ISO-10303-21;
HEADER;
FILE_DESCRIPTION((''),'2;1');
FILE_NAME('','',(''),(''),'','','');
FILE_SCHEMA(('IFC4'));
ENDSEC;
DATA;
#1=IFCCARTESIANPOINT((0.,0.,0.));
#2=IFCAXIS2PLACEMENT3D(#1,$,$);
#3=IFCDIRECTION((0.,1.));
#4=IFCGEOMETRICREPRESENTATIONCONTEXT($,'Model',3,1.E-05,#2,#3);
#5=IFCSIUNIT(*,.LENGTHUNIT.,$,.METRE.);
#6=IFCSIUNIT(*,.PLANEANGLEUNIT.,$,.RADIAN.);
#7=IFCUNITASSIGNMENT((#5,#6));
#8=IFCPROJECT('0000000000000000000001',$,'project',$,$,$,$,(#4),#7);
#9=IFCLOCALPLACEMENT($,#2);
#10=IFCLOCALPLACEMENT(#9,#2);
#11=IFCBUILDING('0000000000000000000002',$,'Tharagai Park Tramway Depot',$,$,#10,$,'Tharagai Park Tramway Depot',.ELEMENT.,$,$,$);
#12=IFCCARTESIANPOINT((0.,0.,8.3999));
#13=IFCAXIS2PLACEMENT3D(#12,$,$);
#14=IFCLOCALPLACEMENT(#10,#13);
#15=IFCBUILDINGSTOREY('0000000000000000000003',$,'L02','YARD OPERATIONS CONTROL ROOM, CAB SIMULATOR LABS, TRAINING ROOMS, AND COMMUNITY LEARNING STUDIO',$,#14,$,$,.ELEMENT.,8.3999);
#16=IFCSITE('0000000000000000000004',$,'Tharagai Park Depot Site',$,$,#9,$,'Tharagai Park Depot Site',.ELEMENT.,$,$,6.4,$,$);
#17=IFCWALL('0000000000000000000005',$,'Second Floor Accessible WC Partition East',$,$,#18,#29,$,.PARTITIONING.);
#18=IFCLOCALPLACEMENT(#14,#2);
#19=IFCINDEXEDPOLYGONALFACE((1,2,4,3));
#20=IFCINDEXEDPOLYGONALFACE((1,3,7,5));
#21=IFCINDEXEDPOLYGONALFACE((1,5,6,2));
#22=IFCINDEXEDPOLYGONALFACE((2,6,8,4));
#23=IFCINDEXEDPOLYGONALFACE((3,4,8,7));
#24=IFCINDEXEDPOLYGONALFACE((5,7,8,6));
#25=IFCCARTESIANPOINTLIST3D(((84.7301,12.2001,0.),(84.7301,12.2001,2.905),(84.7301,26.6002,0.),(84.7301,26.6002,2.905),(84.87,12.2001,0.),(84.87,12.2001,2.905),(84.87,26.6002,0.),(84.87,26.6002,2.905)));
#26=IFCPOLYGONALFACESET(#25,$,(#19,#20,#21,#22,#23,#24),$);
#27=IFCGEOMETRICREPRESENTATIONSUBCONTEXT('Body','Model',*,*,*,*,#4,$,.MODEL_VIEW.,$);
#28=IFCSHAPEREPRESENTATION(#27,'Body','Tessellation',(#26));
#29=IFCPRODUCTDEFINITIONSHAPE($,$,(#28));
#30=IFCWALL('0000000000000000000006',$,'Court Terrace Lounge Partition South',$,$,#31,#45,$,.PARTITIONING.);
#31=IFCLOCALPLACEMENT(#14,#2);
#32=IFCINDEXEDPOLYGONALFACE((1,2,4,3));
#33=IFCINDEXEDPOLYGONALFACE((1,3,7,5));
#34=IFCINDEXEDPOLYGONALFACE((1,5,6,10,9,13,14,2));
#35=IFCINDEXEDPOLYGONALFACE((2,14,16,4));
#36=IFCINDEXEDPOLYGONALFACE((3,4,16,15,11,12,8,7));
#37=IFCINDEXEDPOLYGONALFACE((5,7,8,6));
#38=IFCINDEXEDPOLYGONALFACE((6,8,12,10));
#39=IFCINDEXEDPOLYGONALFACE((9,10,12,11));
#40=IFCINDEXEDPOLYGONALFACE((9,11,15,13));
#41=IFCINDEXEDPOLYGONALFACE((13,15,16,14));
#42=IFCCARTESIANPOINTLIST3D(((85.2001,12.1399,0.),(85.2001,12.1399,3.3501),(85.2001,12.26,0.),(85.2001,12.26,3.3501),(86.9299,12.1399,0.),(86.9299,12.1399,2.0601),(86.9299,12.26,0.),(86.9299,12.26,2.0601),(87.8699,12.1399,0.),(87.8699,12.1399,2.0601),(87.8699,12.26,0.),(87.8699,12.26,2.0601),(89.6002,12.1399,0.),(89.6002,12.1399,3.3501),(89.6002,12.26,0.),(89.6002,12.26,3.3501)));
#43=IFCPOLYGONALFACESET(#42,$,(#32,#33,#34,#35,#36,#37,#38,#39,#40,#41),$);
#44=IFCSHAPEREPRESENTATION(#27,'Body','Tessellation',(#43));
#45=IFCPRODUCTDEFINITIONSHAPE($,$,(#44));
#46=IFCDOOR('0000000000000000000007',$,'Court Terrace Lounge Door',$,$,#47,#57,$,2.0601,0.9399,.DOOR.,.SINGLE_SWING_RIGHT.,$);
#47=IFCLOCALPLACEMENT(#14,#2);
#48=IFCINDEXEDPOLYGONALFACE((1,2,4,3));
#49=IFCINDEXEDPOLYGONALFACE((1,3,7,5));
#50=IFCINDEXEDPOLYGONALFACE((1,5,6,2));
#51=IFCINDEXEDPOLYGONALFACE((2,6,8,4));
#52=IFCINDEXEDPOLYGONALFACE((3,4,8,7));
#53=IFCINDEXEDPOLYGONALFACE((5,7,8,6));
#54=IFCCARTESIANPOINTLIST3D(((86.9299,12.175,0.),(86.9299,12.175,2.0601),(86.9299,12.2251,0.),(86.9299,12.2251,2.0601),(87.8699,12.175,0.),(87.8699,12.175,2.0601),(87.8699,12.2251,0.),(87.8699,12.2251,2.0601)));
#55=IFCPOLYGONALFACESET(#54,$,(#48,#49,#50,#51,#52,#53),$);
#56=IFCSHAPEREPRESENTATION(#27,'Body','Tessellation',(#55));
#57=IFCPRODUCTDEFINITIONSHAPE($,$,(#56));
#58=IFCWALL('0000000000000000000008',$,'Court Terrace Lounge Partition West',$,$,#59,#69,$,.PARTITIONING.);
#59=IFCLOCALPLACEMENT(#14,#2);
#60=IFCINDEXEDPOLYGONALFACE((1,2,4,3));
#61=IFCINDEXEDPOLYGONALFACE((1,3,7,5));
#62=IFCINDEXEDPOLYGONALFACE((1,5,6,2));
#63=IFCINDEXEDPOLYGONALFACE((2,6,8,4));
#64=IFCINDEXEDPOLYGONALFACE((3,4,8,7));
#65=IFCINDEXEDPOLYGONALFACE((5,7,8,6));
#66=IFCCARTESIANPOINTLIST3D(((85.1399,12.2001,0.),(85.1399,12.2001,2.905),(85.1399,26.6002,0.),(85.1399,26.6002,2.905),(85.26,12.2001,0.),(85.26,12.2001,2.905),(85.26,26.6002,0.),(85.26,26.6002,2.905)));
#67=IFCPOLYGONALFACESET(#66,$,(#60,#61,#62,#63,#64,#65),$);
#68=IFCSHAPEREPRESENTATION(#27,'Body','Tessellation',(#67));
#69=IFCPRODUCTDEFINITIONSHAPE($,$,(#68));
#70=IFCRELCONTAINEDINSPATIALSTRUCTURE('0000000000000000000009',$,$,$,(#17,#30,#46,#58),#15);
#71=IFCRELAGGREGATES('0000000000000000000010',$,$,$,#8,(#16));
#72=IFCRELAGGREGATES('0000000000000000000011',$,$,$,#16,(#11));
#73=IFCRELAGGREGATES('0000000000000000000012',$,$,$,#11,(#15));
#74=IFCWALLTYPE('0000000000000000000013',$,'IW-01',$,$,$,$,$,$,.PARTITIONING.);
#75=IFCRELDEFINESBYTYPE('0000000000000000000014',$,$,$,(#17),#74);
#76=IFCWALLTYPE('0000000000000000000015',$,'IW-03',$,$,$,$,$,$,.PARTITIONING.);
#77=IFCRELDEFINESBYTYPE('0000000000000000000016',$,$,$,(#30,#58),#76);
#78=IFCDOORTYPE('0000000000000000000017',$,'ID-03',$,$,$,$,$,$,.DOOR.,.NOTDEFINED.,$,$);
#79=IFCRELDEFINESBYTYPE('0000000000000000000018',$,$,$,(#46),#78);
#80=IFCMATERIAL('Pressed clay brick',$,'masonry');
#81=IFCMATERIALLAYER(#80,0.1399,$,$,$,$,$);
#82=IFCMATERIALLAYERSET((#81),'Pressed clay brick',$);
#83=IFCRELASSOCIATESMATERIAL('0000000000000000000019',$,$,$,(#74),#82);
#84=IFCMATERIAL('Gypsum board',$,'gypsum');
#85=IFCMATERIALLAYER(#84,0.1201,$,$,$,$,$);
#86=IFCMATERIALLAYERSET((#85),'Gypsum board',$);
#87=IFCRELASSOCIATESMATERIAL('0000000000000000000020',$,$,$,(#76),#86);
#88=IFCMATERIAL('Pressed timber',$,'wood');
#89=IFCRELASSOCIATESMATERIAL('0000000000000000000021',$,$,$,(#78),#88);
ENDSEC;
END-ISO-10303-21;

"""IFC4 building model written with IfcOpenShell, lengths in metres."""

from ifc_helpers import new_model, si_unit, direction, frame, frame_2d, origin, place, context, subcontext, project, spatial, rectangle, extrude, material, layer, layer_set, type_object, element, fill, save


model = new_model("IFC4")

# Units and contexts
model_context = context("Model", 3, precision=1e-05, world=origin(), true_north=direction((0.0, 1.0)))
body_context = subcontext(model_context, "Body", "Model", "MODEL_VIEW")
ifc_project = project(units=[si_unit("LENGTHUNIT", "METRE"), si_unit("PLANEANGLEUNIT", "RADIAN")], contexts=[model_context])

# Site, building, storey
site_placement = place(None, origin())
site = spatial("IfcSite", under=ifc_project, at=site_placement, Name="Tharagai Park Depot Site", LongName="Tharagai Park Depot Site", CompositionType="ELEMENT", RefElevation=6.4)
building_placement = place(site_placement, origin())
building = spatial("IfcBuilding", under=site, at=building_placement, Name="Tharagai Park Tramway Depot", LongName="Tharagai Park Tramway Depot", CompositionType="ELEMENT")
storey_placement = place(building_placement, frame((0.0, 0.0, 8.3999)))
storey = spatial("IfcBuildingStorey", under=building, at=storey_placement, Name="L02", Description="YARD OPERATIONS CONTROL ROOM, CAB SIMULATOR LABS, TRAINING ROOMS, AND COMMUNITY LEARNING STUDIO", CompositionType="ELEMENT", Elevation=8.3999)

# Shared definitions
ifc_material_1 = material(Name="Pressed clay brick", Category="masonry")

# Shared definitions
ifc_layer_1 = layer(ifc_material_1, 0.1399)
ifc_layer_set_1 = layer_set([ifc_layer_1], Name="Pressed clay brick")
wall_type_1 = type_object("IfcWallType", Name="IW-01", PredefinedType="PARTITIONING", material=ifc_layer_set_1)

# Shared definitions
ifc_material_2 = material(Name="Pressed timber", Category="wood")

# Wall
wall_1_placement = place(storey_placement, frame((84.8, 12.2, 0.0), z_axis=(0.0, 0.0, 1.0), x_axis=(0.0, 1.0, 0.0)))
element("IfcWall", 1, at=wall_1_placement, inside=storey, type_object=wall_type_1, Name="Second Floor Accessible WC Partition East", PredefinedType="PARTITIONING", context=body_context, shape_type="SweptSolid", body=[
    extrude(rectangle(XDim=14.4001, YDim=0.1399, at=frame_2d((7.2002, 0.0))), origin(), (0.0, 0.0, 1.0), 2.905),
])

# Wall, opening, door
ifc_material_3 = material(Name="Gypsum board", Category="gypsum")
ifc_layer_2 = layer(ifc_material_3, 0.1201)
ifc_layer_set_2 = layer_set([ifc_layer_2], Name="Gypsum board")
wall_type_2 = type_object("IfcWallType", Name="IW-03", PredefinedType="PARTITIONING", material=ifc_layer_set_2)
wall_2_placement = place(storey_placement, frame((85.2, 12.2, 0.0), z_axis=(0.0, 0.0, 1.0), x_axis=(1.0, 0.0, 0.0)))
wall_2 = element("IfcWall", 2, at=wall_2_placement, inside=storey, type_object=wall_type_2, Name="Court Terrace Lounge Partition South", PredefinedType="PARTITIONING", context=body_context, shape_type="SweptSolid", body=[
    extrude(rectangle(XDim=4.4001, YDim=0.1201, at=frame_2d((2.2002, 0.0))), origin(), (0.0, 0.0, 1.0), 3.3501),
])
opening_1_placement = place(wall_2_placement, frame((1.73, 0.0, 0.0)))
opening_1 = element("IfcOpeningElement", 3, at=opening_1_placement, cuts=wall_2, PredefinedType="OPENING", context=body_context, shape_type="SweptSolid", body=[
    extrude(rectangle(XDim=0.9399, YDim=2.0601, at=frame_2d((0.47, 1.03))), frame((0.0, 0.0701, 0.0), z_axis=(0.0, -1.0, 0.0), x_axis=(1.0, 0.0, 0.0)), (0.0, 0.0, 1.0), 0.1401),
])
door_type_1 = type_object("IfcDoorType", Name="ID-03", OperationType="NOTDEFINED", PredefinedType="DOOR", material=ifc_material_2)
door_1_placement = place(opening_1_placement, frame((0.9399, 0.0, 0.0), z_axis=(0.0, 0.0, 1.0), x_axis=(-1.0, 0.0, 0.0)))
door_1 = element("IfcDoor", 4, at=door_1_placement, inside=storey, type_object=door_type_1, Name="Court Terrace Lounge Door", OperationType="SINGLE_SWING_RIGHT", OverallHeight=2.0601, OverallWidth=0.9399, PredefinedType="DOOR", context=body_context, shape_type="SweptSolid", body=[
    extrude(rectangle(XDim=0.9399, YDim=2.0601, at=frame_2d((0.47, 1.03))), frame((0.0, 0.0249, 0.0), z_axis=(0.0, -1.0, 0.0), x_axis=(1.0, 0.0, 0.0)), (0.0, 0.0, 1.0), 0.05),
])
fill(opening_1, door_1)

# Wall
wall_3_placement = place(storey_placement, frame((85.2, 12.2, 0.0), z_axis=(0.0, 0.0, 1.0), x_axis=(0.0, 1.0, 0.0)))
element("IfcWall", 5, at=wall_3_placement, inside=storey, type_object=wall_type_2, Name="Court Terrace Lounge Partition West", PredefinedType="PARTITIONING", context=body_context, shape_type="SweptSolid", body=[
    extrude(rectangle(XDim=14.4001, YDim=0.1201, at=frame_2d((7.2002, 0.0))), origin(), (0.0, 0.0, 1.0), 2.905),
])

save(model, "model.ifc")
